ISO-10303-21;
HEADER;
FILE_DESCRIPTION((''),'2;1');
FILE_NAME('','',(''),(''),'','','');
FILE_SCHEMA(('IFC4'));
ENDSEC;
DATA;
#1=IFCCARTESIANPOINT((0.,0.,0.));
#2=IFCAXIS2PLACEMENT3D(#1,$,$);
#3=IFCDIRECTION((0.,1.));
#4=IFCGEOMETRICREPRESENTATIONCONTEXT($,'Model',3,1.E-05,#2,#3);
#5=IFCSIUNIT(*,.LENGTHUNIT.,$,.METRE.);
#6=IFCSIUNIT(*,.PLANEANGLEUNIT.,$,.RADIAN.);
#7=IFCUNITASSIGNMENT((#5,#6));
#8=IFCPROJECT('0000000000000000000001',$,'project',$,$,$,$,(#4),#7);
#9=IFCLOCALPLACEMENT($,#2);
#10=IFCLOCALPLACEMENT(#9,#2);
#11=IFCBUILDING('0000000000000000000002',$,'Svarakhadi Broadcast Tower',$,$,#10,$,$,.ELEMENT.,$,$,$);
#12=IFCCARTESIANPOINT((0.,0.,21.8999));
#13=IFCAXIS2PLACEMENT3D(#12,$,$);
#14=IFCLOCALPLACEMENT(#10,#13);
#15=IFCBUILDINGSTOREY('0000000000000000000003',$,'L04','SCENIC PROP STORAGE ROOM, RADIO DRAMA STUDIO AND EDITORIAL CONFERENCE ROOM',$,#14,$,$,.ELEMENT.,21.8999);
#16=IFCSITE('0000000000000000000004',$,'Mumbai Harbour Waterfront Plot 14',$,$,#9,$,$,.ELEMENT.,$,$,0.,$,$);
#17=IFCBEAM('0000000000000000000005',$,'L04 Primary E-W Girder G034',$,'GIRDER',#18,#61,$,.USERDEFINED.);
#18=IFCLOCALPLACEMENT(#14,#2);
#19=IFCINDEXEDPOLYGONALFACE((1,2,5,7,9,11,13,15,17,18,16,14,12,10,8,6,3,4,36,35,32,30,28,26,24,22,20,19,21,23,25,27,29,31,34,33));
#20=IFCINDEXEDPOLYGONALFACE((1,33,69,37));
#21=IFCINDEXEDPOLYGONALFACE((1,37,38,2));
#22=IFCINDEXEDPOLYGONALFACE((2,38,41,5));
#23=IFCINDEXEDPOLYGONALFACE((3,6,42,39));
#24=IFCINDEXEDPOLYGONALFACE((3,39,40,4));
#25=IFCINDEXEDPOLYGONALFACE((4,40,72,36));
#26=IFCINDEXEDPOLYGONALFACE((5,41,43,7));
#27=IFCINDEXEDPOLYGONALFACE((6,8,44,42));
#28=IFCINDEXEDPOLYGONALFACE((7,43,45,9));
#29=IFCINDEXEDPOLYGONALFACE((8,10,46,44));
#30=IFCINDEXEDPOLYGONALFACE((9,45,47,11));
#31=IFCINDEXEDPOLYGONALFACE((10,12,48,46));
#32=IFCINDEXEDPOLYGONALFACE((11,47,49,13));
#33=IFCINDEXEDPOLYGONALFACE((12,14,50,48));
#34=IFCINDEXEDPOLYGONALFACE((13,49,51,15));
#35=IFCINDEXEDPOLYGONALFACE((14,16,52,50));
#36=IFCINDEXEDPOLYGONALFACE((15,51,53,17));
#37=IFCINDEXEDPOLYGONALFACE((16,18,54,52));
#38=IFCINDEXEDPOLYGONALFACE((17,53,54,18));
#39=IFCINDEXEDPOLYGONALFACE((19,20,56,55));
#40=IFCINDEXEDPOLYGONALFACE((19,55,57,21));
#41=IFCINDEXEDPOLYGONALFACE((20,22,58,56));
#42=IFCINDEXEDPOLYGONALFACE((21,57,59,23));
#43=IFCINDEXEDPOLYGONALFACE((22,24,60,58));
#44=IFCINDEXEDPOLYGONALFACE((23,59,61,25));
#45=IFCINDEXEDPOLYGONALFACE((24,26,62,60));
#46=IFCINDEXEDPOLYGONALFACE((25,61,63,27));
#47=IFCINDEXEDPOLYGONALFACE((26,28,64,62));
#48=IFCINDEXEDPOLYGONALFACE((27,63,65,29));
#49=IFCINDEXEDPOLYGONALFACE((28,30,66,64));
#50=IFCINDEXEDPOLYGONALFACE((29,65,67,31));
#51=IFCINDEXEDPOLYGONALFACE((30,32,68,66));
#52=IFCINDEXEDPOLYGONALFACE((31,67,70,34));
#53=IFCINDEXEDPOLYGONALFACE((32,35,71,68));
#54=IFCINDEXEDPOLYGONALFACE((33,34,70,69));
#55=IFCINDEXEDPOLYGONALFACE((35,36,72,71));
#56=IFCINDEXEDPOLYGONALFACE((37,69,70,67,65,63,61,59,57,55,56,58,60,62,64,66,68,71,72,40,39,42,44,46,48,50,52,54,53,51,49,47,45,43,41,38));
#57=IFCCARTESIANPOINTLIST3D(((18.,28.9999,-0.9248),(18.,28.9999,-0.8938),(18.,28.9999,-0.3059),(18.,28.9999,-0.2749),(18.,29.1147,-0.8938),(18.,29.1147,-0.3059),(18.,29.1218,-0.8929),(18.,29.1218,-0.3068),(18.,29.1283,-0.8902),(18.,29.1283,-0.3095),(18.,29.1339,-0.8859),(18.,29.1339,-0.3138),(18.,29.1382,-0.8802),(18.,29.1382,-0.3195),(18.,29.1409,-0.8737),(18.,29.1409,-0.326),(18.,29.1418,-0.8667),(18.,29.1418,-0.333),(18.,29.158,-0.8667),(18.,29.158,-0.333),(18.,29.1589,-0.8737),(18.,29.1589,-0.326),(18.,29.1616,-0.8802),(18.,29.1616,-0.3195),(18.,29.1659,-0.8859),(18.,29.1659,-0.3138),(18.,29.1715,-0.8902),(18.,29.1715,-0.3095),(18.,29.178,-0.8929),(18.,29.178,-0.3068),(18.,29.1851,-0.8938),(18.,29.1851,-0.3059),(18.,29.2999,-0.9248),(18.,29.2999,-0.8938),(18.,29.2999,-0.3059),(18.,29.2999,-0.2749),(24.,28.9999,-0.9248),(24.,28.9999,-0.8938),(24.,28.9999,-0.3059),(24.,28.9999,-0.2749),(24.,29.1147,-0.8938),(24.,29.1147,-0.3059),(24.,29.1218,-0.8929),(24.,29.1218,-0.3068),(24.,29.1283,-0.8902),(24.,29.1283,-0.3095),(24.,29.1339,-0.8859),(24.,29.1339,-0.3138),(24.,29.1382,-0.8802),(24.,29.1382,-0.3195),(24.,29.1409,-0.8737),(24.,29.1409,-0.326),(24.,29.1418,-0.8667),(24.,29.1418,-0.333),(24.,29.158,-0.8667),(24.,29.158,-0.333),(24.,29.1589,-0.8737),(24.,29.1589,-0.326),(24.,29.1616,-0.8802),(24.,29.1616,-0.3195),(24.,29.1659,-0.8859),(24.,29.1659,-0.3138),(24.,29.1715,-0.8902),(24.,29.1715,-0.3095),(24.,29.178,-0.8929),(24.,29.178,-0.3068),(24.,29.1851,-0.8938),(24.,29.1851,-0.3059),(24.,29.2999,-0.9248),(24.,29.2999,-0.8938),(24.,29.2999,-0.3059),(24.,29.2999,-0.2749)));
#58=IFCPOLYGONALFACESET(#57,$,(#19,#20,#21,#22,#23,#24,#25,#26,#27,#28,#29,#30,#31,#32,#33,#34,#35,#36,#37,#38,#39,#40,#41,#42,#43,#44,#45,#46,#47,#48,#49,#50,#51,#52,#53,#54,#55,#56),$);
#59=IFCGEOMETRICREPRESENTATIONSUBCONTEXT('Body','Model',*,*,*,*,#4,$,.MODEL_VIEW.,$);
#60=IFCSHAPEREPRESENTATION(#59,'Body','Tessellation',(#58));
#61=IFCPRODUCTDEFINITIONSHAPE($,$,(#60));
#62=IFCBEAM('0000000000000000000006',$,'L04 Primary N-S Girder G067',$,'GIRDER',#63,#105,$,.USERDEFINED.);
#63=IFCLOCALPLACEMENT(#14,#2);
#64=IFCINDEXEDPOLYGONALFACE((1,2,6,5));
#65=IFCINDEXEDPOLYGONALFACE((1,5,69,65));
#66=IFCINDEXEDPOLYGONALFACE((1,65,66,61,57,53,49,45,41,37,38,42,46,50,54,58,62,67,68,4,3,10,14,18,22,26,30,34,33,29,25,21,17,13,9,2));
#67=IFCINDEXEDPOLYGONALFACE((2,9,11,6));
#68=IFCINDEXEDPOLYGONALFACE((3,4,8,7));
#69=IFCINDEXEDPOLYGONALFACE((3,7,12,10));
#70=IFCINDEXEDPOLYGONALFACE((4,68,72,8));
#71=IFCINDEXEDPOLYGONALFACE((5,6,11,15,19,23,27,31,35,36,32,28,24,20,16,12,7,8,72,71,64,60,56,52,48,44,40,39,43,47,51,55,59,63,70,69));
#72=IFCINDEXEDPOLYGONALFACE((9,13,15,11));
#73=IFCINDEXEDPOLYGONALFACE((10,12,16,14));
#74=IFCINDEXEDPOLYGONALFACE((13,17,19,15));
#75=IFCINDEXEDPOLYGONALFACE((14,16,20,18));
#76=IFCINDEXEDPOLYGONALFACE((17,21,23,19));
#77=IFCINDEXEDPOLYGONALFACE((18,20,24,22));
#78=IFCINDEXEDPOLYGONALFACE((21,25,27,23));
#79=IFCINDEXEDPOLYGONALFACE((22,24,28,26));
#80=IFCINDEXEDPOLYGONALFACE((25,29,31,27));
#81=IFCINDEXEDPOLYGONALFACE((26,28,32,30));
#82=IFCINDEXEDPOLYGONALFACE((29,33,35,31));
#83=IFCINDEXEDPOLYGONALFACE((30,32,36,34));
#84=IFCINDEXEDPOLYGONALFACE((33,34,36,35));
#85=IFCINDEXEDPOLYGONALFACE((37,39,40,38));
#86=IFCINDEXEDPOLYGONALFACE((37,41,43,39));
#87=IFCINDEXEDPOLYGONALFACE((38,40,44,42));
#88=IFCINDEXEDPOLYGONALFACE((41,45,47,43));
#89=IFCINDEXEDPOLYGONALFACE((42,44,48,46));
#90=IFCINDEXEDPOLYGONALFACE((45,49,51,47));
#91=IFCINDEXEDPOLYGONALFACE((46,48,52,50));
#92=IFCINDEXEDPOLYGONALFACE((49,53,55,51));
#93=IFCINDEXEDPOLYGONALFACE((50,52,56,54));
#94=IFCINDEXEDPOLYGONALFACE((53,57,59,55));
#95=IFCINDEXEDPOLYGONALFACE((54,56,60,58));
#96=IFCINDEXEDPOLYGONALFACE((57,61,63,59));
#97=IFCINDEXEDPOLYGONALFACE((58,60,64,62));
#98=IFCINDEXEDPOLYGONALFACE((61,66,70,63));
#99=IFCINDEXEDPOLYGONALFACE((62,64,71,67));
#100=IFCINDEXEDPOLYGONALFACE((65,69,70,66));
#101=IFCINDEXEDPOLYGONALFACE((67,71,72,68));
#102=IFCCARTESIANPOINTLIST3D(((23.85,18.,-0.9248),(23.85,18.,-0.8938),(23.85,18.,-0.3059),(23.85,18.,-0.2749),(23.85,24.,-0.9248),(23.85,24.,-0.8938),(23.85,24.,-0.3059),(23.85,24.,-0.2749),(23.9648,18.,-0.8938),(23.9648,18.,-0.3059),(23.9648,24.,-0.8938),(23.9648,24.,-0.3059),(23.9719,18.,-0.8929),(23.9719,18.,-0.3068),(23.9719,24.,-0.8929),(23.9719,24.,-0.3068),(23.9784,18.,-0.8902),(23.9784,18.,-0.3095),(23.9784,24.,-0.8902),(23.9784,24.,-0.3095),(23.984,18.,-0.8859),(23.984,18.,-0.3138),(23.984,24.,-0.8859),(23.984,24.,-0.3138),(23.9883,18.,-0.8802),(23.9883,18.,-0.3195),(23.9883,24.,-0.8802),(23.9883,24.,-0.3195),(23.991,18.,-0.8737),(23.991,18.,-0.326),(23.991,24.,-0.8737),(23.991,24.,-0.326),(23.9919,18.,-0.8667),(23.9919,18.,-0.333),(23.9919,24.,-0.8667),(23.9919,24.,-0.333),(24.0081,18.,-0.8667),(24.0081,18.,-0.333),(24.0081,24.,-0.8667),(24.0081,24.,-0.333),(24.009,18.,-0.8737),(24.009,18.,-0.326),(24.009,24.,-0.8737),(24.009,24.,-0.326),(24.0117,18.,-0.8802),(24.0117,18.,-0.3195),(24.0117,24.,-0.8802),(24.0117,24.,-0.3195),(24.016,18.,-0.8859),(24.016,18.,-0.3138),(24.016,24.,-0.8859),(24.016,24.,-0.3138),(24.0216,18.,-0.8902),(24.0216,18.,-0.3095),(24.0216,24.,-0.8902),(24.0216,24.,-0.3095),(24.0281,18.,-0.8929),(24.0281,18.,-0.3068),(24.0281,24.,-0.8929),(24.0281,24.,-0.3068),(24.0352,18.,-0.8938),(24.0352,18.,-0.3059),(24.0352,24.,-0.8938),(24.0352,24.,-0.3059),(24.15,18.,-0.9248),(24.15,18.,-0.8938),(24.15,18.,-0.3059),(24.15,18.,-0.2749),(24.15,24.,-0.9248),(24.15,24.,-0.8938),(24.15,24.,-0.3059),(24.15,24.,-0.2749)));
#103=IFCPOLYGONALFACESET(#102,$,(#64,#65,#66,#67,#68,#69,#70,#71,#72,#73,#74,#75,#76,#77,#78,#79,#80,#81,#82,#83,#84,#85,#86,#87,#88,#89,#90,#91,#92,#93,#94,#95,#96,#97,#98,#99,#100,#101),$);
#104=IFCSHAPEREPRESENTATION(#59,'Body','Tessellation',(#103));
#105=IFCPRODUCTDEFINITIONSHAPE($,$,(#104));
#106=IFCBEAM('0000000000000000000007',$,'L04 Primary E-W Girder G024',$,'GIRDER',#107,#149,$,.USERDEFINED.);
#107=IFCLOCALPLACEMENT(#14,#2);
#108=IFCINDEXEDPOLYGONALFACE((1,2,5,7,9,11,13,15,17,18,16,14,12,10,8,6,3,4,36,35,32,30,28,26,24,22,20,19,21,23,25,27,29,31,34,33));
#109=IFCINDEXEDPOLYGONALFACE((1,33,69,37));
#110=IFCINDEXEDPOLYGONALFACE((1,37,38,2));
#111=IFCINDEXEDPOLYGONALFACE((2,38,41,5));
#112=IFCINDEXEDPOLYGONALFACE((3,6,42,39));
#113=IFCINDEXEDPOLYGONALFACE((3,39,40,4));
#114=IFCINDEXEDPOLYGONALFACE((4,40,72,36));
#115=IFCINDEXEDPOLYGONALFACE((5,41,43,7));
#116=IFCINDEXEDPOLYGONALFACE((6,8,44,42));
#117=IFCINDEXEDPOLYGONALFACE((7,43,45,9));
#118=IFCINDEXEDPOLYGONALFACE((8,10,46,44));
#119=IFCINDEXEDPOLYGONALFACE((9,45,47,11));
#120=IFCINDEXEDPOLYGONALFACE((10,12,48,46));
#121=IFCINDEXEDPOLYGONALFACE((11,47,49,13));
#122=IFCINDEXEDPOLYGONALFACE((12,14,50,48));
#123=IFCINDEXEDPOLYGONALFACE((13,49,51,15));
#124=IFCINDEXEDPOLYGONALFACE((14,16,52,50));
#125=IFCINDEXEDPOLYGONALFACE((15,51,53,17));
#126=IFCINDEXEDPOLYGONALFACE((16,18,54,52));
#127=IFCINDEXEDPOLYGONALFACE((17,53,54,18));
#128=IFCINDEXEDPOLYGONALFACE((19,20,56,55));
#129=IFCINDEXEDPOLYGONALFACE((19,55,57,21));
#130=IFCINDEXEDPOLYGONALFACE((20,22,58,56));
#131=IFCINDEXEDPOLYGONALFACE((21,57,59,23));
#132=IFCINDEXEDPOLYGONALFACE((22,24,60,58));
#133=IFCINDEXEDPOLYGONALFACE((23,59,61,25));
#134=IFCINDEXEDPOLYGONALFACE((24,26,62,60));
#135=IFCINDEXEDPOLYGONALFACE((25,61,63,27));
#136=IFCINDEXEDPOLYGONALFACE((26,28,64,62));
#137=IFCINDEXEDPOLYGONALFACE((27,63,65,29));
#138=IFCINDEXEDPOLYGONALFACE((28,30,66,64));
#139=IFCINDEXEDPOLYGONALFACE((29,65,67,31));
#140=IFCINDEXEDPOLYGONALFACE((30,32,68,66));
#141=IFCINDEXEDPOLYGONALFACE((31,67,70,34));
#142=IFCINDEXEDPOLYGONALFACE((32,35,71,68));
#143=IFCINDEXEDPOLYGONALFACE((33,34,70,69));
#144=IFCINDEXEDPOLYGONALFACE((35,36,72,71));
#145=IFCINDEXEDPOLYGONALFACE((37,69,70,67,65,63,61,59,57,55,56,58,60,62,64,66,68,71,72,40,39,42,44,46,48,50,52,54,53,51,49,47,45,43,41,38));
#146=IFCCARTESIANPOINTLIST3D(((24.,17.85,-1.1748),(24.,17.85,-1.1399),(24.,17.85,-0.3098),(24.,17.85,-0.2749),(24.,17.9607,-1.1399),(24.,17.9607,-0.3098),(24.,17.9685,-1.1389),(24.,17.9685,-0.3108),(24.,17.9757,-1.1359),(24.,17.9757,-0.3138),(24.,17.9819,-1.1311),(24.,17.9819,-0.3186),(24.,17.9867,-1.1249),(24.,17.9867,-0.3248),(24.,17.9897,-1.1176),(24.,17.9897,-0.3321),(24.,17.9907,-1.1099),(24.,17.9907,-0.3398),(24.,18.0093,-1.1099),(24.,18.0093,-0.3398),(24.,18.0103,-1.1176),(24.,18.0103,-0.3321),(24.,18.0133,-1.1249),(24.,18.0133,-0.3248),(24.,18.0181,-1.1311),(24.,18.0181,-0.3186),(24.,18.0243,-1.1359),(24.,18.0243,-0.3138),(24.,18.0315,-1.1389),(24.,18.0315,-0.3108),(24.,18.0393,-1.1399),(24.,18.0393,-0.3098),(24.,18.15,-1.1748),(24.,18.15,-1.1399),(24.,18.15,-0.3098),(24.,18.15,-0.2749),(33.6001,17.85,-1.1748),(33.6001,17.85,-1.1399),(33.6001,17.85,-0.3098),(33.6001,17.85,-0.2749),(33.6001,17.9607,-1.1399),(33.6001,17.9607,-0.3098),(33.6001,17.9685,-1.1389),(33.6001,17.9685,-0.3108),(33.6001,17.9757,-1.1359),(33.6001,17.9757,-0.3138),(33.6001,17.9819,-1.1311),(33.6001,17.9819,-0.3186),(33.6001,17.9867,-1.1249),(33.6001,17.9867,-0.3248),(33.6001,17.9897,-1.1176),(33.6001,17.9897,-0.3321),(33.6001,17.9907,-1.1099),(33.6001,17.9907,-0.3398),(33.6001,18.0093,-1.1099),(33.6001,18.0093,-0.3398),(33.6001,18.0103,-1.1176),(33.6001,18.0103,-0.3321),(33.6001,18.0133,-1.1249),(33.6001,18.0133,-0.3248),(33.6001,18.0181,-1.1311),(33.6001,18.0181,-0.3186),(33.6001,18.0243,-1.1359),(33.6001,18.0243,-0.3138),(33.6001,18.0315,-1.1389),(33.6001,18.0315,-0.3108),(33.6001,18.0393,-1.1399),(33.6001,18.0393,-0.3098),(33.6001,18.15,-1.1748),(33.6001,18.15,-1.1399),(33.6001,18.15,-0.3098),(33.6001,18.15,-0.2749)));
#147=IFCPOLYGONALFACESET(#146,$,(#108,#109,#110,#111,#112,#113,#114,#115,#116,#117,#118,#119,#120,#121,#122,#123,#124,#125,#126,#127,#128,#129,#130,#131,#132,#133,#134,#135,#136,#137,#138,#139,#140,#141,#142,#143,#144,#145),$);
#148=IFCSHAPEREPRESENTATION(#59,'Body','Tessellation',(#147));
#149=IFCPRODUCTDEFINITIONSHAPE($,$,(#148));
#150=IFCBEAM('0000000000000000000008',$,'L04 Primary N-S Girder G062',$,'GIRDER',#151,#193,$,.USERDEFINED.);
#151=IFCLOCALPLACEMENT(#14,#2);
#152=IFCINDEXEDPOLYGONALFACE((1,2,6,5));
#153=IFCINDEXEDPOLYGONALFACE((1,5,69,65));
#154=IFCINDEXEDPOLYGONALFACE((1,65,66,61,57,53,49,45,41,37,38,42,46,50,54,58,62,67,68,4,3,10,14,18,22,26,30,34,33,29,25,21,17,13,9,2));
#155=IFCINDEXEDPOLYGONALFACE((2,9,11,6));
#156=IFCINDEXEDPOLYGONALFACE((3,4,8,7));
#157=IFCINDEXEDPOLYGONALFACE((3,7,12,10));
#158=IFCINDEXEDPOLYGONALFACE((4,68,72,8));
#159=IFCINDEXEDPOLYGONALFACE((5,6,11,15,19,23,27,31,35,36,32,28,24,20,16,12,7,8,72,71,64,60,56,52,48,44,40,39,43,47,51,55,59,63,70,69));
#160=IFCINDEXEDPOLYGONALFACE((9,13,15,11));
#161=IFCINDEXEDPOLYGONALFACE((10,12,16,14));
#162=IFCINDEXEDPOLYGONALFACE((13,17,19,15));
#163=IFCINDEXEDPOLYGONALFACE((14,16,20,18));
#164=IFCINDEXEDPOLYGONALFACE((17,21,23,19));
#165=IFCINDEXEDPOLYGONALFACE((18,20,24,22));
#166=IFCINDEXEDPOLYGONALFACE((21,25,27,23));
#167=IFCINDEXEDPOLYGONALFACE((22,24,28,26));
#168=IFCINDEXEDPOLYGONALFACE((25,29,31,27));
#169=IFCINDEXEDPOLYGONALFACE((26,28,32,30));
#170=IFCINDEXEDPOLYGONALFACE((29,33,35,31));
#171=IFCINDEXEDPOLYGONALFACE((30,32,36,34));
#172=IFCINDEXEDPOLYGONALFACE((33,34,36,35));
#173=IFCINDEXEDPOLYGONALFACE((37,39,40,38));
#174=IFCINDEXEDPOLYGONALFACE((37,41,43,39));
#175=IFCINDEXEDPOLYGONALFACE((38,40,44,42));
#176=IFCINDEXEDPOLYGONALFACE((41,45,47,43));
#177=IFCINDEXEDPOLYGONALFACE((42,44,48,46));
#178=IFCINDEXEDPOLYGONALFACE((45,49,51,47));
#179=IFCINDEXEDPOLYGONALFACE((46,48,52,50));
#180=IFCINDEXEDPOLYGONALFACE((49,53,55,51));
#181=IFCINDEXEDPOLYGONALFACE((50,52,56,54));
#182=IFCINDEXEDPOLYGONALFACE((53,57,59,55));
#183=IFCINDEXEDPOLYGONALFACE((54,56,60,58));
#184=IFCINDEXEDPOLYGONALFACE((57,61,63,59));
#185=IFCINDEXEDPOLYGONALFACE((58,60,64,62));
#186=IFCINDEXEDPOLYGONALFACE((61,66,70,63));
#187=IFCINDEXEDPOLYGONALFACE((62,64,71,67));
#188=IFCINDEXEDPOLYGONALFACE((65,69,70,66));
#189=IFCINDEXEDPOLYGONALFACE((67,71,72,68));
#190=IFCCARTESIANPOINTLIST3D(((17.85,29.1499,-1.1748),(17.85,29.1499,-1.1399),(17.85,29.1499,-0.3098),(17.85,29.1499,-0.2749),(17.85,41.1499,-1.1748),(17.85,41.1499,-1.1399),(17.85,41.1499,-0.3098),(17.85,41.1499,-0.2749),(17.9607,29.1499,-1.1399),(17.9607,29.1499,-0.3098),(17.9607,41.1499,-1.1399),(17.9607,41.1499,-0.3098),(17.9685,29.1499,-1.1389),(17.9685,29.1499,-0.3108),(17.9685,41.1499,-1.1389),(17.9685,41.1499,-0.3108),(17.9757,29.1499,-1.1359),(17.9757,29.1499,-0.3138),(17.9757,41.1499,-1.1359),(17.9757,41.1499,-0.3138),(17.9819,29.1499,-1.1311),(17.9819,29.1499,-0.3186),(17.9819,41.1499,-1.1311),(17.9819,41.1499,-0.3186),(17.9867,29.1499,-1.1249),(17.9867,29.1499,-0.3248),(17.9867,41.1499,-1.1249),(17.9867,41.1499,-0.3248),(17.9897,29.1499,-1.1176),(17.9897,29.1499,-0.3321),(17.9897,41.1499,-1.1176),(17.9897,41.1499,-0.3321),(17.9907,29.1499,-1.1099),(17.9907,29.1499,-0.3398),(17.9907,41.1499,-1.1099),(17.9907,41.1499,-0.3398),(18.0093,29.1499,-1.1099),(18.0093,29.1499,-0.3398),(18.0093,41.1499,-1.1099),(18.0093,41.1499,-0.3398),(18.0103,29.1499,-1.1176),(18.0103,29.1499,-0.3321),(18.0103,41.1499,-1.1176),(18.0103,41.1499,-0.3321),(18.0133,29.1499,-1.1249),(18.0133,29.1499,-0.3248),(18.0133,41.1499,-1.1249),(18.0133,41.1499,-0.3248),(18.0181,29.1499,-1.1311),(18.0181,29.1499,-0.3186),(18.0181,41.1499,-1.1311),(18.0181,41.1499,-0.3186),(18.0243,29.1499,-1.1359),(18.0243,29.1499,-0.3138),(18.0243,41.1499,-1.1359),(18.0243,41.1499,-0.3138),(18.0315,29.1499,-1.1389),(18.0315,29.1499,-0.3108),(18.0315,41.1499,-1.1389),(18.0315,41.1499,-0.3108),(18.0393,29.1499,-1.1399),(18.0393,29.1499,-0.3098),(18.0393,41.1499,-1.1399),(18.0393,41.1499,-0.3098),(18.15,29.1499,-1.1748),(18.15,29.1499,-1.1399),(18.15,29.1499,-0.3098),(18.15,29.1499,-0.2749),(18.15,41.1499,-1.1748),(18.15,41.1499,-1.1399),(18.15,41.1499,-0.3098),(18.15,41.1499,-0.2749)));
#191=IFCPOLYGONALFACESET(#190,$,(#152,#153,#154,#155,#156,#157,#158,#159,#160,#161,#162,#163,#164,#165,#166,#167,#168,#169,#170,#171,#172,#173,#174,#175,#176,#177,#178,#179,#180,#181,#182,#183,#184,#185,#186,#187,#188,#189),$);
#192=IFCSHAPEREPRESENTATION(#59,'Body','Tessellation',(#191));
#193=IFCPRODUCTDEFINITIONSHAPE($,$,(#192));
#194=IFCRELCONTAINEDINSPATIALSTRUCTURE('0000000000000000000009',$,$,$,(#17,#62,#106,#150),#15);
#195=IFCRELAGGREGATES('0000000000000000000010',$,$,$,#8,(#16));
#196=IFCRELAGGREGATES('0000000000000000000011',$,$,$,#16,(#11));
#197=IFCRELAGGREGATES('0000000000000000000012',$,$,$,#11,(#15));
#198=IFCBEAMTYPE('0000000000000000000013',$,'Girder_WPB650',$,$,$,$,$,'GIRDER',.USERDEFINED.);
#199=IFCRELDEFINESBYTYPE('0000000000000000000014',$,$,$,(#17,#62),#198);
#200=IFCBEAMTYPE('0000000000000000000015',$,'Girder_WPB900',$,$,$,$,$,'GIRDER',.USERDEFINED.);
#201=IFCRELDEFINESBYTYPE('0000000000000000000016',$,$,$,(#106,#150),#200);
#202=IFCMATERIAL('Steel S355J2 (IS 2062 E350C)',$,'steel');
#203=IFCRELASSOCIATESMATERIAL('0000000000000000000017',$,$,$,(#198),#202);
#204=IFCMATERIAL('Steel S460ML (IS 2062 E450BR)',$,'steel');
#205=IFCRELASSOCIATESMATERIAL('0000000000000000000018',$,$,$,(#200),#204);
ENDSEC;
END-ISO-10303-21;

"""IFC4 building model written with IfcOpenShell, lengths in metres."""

from ifc_helpers import new_model, si_unit, direction, frame, origin, origin_2d, place, context, subcontext, project, spatial, i_section, extrude, material, material_profile, profile_set, type_object, element, save


model = new_model("IFC4")

# Units and contexts
model_context = context("Model", 3, precision=1e-05, world=origin(), true_north=direction((0.0, 1.0)))
body_context = subcontext(model_context, "Body", "Model", "MODEL_VIEW")
ifc_project = project(units=[si_unit("LENGTHUNIT", "METRE"), si_unit("PLANEANGLEUNIT", "RADIAN")], contexts=[model_context])

# Site, building, storey
site_placement = place(None, origin())
site = spatial("IfcSite", under=ifc_project, at=site_placement, Name="Mumbai Harbour Waterfront Plot 14", CompositionType="ELEMENT", RefElevation=0.0)
building_placement = place(site_placement, origin())
building = spatial("IfcBuilding", under=site, at=building_placement, Name="Svarakhadi Broadcast Tower", CompositionType="ELEMENT")
storey_placement = place(building_placement, frame((0.0, 0.0, 21.8999)))
storey = spatial("IfcBuildingStorey", under=building, at=storey_placement, Name="L04", Description="SCENIC PROP STORAGE ROOM, RADIO DRAMA STUDIO AND EDITORIAL CONFERENCE ROOM", CompositionType="ELEMENT", Elevation=21.8999)

# Shared definitions
ifc_material_1 = material(Name="Steel S460ML (IS 2062 E450BR)", Category="steel")

# Beams
ifc_material_2 = material(Name="Steel S355J2 (IS 2062 E350C)", Category="steel")
ifc_material_profile_1 = material_profile(ifc_material_2, i_section(OverallWidth=0.3, OverallDepth=0.6499, WebThickness=0.0161, FlangeThickness=0.031, FilletRadius=0.0271, at=origin_2d()), Name="WPB 650x300x225")
ifc_profile_set_1 = profile_set([ifc_material_profile_1], Name="Steel S355J2 (IS 2062 E350C)")
beam_type_1 = type_object("IfcBeamType", Name="Girder_WPB650", ElementType="GIRDER", PredefinedType="USERDEFINED", material=ifc_profile_set_1)
for number, where, z_axis, x_axis, name in (
    (1, (18.0, 29.1499, -0.5999), (1.0, 0.0, 0.0), (0.0, 1.0, 0.0), "L04 Primary E-W Girder G034"),
    (2, (24.0, 18.0, -0.5999), (0.0, 1.0, 0.0), (-1.0, 0.0, 0.0), "L04 Primary N-S Girder G067"),
):
    element("IfcBeam", number, at=place(storey_placement, frame(where, z_axis=z_axis, x_axis=x_axis)), inside=storey, type_object=beam_type_1, Name=name, ObjectType="GIRDER", PredefinedType="USERDEFINED", context=body_context, shape_type="SweptSolid", body=[
        extrude(i_section(OverallWidth=0.3, OverallDepth=0.6499, WebThickness=0.0161, FlangeThickness=0.031, FilletRadius=0.0271, at=origin_2d()), origin(), (0.0, 0.0, 1.0), 6.0),
    ])
ifc_material_profile_2 = material_profile(ifc_material_1, i_section(OverallWidth=0.3, OverallDepth=0.8999, WebThickness=0.0186, FlangeThickness=0.0349, FilletRadius=0.03, at=origin_2d()), Name="WPB 900x300x291")
ifc_profile_set_2 = profile_set([ifc_material_profile_2], Name="Steel S460ML (IS 2062 E450BR)")
beam_type_2 = type_object("IfcBeamType", Name="Girder_WPB900", ElementType="GIRDER", PredefinedType="USERDEFINED", material=ifc_profile_set_2)
beam_1_placement = place(storey_placement, frame((24.0, 18.0, -0.7249), z_axis=(1.0, 0.0, 0.0), x_axis=(0.0, 1.0, 0.0)))
element("IfcBeam", 3, at=beam_1_placement, inside=storey, type_object=beam_type_2, Name="L04 Primary E-W Girder G024", ObjectType="GIRDER", PredefinedType="USERDEFINED", context=body_context, shape_type="SweptSolid", body=[
    extrude(i_section(OverallWidth=0.3, OverallDepth=0.8999, WebThickness=0.0186, FlangeThickness=0.0349, FilletRadius=0.03, at=origin_2d()), origin(), (0.0, 0.0, 1.0), 9.6001),
])
beam_2_placement = place(storey_placement, frame((18.0, 29.1499, -0.7249), z_axis=(0.0, 1.0, 0.0), x_axis=(-1.0, 0.0, 0.0)))
element("IfcBeam", 4, at=beam_2_placement, inside=storey, type_object=beam_type_2, Name="L04 Primary N-S Girder G062", ObjectType="GIRDER", PredefinedType="USERDEFINED", context=body_context, shape_type="SweptSolid", body=[
    extrude(i_section(OverallWidth=0.3, OverallDepth=0.8999, WebThickness=0.0186, FlangeThickness=0.0349, FilletRadius=0.03, at=origin_2d()), origin(), (0.0, 0.0, 1.0), 12.0),
])

save(model, "model.ifc")
